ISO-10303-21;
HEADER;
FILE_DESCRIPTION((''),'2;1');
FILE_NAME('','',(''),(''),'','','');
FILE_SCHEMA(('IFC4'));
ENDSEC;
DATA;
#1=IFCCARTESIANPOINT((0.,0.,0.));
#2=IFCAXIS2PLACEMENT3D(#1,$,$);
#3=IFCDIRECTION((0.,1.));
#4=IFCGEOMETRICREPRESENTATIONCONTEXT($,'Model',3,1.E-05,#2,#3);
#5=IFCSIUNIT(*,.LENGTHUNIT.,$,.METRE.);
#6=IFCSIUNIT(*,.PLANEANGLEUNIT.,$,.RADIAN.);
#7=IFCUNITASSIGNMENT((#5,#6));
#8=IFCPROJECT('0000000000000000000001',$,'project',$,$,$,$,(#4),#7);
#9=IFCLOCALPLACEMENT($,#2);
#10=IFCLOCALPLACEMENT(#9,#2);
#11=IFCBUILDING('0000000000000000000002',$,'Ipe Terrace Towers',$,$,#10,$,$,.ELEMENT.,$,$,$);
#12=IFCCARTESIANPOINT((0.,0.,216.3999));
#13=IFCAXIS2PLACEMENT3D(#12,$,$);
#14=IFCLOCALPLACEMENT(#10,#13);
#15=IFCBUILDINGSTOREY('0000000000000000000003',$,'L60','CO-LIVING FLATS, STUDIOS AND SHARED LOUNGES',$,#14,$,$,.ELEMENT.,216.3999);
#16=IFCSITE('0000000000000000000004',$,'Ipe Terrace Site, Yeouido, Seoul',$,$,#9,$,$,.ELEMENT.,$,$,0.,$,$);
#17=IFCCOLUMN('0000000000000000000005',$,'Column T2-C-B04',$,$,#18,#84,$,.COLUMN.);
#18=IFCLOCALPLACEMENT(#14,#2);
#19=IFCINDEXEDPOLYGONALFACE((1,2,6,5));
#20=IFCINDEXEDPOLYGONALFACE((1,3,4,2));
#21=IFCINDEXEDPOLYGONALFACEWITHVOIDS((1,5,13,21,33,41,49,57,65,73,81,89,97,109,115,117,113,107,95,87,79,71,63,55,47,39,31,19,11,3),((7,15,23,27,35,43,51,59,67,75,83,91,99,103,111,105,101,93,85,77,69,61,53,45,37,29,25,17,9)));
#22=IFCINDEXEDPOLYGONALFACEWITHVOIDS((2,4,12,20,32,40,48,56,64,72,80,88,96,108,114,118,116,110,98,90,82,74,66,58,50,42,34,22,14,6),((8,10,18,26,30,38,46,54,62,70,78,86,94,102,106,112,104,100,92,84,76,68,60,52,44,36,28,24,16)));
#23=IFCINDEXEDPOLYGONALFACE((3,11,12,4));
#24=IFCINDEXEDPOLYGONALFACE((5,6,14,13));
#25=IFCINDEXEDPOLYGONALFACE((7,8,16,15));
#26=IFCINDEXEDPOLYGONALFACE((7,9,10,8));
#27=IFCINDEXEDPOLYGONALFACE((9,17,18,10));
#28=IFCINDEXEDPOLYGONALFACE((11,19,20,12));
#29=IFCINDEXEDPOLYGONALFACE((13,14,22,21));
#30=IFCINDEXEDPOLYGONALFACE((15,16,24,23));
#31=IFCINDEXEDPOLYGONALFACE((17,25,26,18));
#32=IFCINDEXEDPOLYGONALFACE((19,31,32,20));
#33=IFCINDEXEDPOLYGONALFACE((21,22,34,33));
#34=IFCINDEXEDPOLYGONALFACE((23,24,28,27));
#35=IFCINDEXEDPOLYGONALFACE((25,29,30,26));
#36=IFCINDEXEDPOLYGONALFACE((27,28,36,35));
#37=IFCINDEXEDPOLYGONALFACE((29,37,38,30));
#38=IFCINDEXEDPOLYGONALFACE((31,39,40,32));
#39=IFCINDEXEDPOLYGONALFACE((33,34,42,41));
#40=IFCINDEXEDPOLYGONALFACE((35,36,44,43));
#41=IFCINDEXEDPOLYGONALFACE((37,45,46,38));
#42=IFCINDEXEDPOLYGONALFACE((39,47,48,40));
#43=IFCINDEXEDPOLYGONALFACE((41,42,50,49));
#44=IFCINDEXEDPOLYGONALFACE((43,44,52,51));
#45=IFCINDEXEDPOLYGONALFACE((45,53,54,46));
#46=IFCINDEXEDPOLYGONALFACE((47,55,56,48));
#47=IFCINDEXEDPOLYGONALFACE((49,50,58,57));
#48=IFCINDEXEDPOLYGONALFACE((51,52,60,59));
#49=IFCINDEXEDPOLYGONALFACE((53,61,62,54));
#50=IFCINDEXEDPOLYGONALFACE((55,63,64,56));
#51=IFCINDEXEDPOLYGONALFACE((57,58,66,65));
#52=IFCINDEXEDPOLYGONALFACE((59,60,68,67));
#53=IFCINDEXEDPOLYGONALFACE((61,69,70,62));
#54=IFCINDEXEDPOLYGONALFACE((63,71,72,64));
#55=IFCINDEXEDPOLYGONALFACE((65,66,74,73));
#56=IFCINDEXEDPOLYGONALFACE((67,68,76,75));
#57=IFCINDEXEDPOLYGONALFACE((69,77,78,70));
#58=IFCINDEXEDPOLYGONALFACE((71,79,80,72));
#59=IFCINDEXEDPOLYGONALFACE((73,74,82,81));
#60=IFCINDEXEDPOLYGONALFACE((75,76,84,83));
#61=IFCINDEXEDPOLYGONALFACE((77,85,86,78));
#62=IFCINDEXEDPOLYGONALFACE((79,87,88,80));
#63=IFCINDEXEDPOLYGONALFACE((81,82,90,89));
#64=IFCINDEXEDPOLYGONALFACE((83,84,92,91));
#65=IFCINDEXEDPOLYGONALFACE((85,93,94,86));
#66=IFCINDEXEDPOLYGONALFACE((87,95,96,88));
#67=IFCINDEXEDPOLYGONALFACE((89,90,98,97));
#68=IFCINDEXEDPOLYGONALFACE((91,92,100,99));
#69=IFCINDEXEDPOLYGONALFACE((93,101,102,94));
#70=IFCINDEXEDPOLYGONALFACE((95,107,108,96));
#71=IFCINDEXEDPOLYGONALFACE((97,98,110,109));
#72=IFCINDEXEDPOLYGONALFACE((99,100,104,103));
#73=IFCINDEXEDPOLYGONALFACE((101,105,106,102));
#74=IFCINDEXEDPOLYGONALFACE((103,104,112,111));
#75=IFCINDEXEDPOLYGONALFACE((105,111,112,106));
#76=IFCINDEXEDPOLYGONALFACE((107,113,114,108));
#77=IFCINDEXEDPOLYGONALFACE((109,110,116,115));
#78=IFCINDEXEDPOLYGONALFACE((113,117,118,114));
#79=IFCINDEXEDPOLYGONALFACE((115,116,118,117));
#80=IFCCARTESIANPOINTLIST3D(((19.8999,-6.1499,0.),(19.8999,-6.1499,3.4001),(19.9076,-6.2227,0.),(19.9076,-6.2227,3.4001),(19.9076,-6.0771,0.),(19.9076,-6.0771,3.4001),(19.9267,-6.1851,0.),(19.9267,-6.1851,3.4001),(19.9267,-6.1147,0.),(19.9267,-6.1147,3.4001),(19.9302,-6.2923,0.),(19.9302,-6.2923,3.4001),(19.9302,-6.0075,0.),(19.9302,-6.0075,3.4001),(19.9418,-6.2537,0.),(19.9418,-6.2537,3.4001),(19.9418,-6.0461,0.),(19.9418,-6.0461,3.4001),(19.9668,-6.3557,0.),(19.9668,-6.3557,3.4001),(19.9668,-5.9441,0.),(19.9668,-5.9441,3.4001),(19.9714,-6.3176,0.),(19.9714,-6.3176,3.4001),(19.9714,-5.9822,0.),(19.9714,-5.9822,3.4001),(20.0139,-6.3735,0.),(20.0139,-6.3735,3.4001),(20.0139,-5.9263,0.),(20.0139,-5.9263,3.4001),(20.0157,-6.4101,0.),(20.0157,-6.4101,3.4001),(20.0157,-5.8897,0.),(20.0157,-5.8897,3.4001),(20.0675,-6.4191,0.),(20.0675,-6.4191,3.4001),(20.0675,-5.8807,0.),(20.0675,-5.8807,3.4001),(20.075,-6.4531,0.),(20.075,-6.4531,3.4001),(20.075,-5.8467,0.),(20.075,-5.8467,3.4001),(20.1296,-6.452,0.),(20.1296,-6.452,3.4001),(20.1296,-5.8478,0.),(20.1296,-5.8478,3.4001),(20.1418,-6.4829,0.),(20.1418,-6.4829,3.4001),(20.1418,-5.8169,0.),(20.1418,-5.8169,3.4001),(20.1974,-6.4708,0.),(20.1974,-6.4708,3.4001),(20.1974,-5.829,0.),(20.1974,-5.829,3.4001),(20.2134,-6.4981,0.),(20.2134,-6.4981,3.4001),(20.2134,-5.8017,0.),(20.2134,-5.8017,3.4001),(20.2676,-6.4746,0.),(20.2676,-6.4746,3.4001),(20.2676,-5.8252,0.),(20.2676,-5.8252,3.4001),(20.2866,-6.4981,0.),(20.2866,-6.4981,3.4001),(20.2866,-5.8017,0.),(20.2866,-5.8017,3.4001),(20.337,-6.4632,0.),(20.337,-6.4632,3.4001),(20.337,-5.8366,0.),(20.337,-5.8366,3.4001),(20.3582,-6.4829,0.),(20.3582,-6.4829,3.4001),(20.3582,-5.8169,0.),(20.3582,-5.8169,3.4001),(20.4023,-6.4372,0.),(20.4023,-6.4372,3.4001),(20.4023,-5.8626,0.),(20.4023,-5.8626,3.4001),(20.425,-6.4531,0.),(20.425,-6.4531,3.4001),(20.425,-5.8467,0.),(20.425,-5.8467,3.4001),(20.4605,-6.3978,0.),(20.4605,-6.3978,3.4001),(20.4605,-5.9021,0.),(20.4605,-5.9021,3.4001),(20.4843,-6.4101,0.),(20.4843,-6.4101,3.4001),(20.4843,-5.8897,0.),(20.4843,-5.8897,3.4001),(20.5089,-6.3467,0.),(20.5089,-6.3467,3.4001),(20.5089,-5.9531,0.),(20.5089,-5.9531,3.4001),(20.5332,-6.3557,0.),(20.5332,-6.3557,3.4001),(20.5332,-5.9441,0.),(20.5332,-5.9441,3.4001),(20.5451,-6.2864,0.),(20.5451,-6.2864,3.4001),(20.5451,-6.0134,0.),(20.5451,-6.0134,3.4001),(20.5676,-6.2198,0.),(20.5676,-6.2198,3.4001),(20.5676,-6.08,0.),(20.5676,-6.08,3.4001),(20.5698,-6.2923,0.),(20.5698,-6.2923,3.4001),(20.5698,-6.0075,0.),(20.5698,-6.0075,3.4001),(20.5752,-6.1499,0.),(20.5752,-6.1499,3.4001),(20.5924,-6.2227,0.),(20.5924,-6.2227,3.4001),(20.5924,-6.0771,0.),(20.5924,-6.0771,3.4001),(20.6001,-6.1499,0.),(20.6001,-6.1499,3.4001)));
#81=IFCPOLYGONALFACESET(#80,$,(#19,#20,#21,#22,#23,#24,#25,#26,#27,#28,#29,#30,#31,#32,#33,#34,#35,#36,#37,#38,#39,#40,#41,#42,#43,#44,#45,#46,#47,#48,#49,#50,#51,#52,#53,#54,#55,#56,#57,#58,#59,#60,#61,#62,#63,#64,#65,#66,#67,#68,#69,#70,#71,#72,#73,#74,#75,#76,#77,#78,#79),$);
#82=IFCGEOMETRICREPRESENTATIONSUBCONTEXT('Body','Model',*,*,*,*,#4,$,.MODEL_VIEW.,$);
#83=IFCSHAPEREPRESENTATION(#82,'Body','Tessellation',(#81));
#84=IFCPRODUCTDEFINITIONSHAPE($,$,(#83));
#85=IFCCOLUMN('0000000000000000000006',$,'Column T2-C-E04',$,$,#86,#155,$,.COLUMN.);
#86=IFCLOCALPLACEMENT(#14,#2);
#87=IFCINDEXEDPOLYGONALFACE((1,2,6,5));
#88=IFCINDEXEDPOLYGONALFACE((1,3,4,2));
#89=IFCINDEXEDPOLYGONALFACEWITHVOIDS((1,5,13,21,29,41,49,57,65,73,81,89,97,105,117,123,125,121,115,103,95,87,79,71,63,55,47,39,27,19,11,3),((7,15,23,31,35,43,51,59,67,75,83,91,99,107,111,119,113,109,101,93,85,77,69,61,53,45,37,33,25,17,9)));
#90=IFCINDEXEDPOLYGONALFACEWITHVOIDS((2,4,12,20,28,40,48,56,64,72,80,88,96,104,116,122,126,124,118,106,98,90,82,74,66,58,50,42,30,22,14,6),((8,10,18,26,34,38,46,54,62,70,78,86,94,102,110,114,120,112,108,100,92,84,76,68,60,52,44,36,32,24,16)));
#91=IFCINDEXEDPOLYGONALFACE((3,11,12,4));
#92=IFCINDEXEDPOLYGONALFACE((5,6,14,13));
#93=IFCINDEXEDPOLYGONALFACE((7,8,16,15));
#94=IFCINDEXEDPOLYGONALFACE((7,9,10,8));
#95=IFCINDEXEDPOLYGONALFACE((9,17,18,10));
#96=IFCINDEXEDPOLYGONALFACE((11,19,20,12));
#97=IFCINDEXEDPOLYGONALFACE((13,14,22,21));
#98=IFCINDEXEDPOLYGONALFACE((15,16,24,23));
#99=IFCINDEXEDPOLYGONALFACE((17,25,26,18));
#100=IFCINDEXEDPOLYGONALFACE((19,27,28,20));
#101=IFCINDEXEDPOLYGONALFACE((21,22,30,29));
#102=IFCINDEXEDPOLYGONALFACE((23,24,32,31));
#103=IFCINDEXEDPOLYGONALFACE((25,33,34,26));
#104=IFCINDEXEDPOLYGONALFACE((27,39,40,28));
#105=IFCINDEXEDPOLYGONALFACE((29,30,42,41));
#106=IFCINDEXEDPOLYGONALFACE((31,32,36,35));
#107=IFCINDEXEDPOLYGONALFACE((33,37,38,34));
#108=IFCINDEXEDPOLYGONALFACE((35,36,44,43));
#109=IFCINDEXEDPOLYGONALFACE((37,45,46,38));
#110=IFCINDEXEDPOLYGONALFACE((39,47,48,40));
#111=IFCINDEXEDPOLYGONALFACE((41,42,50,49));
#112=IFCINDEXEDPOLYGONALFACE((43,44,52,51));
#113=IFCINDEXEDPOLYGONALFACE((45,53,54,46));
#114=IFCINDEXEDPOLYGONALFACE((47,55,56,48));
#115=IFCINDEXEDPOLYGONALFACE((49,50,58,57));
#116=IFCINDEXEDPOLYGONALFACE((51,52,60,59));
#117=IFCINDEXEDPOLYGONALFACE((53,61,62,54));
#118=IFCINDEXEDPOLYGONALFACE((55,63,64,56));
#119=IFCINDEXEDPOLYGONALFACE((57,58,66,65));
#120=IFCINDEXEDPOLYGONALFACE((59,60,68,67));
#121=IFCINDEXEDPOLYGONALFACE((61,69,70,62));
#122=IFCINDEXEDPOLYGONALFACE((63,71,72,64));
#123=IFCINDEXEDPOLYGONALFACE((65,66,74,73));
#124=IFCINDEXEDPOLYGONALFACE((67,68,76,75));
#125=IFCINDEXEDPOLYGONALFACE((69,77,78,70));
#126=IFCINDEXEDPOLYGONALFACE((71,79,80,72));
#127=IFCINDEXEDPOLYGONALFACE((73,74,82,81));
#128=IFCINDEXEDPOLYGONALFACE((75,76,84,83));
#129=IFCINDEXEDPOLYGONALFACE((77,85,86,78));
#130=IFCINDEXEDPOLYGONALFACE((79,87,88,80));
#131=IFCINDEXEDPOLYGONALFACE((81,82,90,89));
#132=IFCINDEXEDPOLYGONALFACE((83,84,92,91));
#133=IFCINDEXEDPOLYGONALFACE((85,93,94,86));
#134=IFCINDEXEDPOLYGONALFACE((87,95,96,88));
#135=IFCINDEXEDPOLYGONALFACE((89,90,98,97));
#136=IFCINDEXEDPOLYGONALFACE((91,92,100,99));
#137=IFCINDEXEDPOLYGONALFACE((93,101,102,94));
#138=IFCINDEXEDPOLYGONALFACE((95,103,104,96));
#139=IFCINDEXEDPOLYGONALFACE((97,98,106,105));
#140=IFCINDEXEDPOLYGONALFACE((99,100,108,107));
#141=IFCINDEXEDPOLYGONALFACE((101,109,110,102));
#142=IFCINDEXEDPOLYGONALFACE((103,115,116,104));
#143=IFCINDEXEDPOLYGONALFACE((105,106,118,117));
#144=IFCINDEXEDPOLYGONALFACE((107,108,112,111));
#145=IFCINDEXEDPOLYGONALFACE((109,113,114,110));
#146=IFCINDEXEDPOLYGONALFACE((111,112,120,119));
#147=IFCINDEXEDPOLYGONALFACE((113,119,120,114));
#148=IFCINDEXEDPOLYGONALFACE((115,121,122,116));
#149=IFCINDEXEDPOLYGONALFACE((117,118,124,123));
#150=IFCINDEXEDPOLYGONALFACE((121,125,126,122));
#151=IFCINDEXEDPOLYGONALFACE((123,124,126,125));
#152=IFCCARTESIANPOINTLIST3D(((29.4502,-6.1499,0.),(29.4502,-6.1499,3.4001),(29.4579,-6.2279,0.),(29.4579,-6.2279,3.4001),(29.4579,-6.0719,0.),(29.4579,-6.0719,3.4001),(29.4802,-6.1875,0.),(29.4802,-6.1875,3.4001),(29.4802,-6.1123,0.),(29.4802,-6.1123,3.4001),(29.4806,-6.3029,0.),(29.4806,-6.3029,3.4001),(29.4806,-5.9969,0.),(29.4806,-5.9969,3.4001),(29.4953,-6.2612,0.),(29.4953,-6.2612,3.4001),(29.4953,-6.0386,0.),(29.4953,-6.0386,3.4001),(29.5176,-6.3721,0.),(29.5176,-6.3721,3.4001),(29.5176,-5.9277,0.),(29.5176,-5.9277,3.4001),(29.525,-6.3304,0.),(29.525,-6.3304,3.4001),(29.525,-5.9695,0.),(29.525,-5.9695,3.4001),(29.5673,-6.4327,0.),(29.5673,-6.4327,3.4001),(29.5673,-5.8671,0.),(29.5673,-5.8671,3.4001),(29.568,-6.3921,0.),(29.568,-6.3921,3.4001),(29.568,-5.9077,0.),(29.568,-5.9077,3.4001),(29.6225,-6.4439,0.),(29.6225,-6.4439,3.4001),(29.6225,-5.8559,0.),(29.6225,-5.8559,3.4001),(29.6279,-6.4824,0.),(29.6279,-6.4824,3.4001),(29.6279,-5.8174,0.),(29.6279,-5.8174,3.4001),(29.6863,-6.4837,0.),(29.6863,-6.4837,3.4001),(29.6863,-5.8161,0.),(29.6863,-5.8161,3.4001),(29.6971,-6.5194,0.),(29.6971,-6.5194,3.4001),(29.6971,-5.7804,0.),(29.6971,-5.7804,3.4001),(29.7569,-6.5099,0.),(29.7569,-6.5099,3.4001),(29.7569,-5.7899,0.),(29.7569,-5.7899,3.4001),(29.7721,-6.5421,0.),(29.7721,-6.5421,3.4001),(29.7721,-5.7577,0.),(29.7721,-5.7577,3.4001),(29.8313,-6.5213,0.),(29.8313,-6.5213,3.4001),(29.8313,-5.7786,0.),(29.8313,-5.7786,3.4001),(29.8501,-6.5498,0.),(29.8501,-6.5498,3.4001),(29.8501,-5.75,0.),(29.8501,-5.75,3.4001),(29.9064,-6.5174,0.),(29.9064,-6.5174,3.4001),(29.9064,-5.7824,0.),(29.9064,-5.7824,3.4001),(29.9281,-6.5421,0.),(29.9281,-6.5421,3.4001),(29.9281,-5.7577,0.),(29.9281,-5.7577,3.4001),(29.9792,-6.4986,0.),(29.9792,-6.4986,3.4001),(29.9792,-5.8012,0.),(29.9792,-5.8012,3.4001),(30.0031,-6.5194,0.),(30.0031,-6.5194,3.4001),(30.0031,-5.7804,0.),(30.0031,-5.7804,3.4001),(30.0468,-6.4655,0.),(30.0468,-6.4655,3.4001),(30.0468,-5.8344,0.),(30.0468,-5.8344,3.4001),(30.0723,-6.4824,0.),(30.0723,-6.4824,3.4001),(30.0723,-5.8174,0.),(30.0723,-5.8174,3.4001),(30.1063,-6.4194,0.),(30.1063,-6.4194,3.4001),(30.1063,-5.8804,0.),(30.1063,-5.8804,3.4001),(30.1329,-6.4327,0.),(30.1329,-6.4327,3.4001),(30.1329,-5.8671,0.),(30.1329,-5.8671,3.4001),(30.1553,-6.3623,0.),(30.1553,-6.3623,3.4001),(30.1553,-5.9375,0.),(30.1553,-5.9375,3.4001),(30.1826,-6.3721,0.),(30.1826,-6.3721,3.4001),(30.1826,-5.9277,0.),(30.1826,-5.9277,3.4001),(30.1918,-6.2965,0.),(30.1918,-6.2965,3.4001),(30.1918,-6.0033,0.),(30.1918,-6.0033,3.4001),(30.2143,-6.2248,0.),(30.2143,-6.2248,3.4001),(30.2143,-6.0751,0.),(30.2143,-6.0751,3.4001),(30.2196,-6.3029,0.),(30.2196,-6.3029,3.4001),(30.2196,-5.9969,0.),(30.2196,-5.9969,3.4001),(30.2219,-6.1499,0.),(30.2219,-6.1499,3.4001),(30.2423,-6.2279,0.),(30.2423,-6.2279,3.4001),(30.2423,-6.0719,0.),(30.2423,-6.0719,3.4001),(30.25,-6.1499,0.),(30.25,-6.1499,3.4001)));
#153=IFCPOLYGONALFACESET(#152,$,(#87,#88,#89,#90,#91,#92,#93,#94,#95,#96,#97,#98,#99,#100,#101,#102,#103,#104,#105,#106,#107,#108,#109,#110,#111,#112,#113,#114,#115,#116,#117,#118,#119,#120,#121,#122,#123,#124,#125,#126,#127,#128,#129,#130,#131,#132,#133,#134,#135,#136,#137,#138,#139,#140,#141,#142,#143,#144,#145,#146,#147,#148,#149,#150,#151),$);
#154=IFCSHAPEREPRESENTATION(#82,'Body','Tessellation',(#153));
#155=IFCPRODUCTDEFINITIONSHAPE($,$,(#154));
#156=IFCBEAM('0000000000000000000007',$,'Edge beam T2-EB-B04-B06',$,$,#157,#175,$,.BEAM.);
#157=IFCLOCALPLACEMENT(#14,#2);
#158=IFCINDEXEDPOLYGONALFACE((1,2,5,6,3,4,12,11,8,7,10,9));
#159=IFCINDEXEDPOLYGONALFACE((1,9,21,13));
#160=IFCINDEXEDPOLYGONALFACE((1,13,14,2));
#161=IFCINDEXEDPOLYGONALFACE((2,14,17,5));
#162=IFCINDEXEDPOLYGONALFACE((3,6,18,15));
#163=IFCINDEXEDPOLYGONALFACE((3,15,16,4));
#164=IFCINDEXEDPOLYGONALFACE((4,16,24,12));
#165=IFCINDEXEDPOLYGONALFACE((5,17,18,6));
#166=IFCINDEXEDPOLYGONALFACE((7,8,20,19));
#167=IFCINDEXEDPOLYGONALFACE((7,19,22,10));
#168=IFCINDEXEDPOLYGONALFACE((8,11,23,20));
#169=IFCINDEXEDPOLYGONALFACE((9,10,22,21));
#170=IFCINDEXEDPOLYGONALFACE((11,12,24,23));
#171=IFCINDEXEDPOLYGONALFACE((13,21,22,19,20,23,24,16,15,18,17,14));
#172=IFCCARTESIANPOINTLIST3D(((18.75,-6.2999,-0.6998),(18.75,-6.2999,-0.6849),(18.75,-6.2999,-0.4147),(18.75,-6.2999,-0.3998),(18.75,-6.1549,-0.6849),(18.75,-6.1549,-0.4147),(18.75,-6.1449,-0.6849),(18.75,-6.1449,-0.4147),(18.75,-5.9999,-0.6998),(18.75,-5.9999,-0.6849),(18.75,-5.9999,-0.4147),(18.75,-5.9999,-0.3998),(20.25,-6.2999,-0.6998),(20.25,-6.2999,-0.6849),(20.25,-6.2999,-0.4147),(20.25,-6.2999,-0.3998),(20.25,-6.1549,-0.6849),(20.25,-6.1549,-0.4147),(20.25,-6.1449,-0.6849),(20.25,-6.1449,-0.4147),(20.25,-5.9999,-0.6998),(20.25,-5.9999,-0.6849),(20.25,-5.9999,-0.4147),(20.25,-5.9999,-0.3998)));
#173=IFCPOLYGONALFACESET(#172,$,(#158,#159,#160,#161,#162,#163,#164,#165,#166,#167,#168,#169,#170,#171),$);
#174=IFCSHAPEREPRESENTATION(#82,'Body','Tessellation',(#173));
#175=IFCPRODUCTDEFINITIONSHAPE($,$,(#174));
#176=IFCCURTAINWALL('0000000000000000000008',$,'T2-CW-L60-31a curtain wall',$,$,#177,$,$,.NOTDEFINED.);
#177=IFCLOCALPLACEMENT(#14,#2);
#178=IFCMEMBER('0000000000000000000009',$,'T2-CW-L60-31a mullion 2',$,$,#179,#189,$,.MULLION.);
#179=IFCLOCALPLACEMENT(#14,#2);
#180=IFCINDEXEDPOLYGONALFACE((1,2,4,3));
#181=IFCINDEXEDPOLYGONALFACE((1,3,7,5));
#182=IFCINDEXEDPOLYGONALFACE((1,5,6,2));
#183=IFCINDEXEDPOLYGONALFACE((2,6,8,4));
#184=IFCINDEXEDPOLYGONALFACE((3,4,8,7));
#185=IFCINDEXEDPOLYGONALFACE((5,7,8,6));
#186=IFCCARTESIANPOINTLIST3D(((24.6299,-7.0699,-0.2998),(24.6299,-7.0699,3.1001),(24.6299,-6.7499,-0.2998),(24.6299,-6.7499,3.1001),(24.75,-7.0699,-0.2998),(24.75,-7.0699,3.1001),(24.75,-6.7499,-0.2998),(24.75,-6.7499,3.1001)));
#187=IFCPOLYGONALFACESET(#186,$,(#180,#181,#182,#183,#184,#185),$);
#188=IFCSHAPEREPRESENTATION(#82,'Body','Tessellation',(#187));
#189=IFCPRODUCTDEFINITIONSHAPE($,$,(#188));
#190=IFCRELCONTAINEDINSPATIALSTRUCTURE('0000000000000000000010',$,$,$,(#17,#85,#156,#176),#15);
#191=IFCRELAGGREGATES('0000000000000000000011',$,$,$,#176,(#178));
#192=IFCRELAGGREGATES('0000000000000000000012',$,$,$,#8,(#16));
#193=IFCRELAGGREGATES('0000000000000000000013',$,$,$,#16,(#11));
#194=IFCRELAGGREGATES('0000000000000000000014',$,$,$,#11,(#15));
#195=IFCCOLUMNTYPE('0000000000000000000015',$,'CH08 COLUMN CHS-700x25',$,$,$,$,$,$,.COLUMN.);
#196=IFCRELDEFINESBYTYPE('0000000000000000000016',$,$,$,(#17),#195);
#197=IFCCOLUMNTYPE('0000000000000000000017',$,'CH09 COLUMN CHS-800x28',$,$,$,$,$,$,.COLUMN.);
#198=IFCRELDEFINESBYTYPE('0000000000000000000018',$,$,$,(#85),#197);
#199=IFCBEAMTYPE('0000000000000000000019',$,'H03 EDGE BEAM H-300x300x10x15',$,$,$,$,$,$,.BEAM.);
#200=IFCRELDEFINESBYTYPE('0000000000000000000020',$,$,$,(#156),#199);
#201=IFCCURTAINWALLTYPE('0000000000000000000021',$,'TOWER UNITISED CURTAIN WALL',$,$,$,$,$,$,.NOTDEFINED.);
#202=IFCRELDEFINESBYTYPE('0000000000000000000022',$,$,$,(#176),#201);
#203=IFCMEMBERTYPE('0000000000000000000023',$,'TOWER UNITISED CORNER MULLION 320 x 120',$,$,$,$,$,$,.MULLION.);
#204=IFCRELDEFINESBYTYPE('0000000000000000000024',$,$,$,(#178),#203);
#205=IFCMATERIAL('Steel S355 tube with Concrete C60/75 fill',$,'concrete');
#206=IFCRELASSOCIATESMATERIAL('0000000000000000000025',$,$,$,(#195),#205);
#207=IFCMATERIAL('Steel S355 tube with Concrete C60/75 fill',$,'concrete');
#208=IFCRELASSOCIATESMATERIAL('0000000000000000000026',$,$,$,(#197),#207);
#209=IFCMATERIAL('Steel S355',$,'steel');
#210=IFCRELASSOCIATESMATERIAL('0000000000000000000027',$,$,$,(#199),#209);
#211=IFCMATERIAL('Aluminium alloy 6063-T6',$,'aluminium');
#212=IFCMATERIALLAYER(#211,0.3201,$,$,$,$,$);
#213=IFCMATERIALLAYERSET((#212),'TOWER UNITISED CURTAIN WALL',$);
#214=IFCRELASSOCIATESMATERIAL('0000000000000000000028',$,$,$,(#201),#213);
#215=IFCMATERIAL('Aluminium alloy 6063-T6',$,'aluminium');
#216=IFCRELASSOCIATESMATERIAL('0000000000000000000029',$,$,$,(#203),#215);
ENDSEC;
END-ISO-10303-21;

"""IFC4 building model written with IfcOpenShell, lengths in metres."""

from ifc_helpers import new_model, si_unit, direction, frame, origin, origin_2d, place, context, subcontext, project, spatial, rectangle, hollow_circle, i_section, extrude, material, layer, layer_set, material_profile, profile_set, type_object, element, aggregate, save


model = new_model("IFC4")

# Units and contexts
model_context = context("Model", 3, precision=1e-05, world=origin(), true_north=direction((0.0, 1.0)))
body_context = subcontext(model_context, "Body", "Model", "MODEL_VIEW")
ifc_project = project(units=[si_unit("LENGTHUNIT", "METRE"), si_unit("PLANEANGLEUNIT", "RADIAN")], contexts=[model_context])

# Site, building, storey
site_placement = place(None, origin())
site = spatial("IfcSite", under=ifc_project, at=site_placement, Name="Ipe Terrace Site, Yeouido, Seoul", CompositionType="ELEMENT", RefElevation=0.0)
building_placement = place(site_placement, origin())
building = spatial("IfcBuilding", under=site, at=building_placement, Name="Ipe Terrace Towers", CompositionType="ELEMENT")
storey_placement = place(building_placement, frame((0.0, 0.0, 216.3999)))
storey = spatial("IfcBuildingStorey", under=building, at=storey_placement, Name="L60", Description="CO-LIVING FLATS, STUDIOS AND SHARED LOUNGES", CompositionType="ELEMENT", Elevation=216.3999)

# Columns
ifc_material_1 = material(Name="Steel S355 tube with Concrete C60/75 fill", Category="concrete")
ifc_material_profile_1 = material_profile(ifc_material_1, hollow_circle(Radius=0.3501, WallThickness=0.0249, at=origin_2d()), Name="CHS-700x25")
ifc_profile_set_1 = profile_set([ifc_material_profile_1], Name="Steel S355 tube with Concrete C60/75 fill")
column_type_1 = type_object("IfcColumnType", Name="CH08 COLUMN CHS-700x25", PredefinedType="COLUMN", material=ifc_profile_set_1)
column_1_placement = place(storey_placement, frame((20.25, -6.1499, 0.0), z_axis=(0.0, 0.0, 1.0), x_axis=(1.0, 0.0, 0.0)))
element("IfcColumn", 1, at=column_1_placement, inside=storey, type_object=column_type_1, Name="Column T2-C-B04", PredefinedType="COLUMN", context=body_context, shape_type="SweptSolid", body=[
    extrude(hollow_circle(Radius=0.3501, WallThickness=0.0249, at=origin_2d()), origin(), (0.0, 0.0, 1.0), 3.4001),
])
ifc_material_2 = material(Name="Steel S355 tube with Concrete C60/75 fill", Category="concrete")
ifc_material_profile_2 = material_profile(ifc_material_2, hollow_circle(Radius=0.3999, WallThickness=0.0281, at=origin_2d()), Name="CHS-800x28")
ifc_profile_set_2 = profile_set([ifc_material_profile_2], Name="Steel S355 tube with Concrete C60/75 fill")
column_type_2 = type_object("IfcColumnType", Name="CH09 COLUMN CHS-800x28", PredefinedType="COLUMN", material=ifc_profile_set_2)
column_2_placement = place(storey_placement, frame((29.8501, -6.1499, 0.0), z_axis=(0.0, 0.0, 1.0), x_axis=(1.0, 0.0, 0.0)))
element("IfcColumn", 2, at=column_2_placement, inside=storey, type_object=column_type_2, Name="Column T2-C-E04", PredefinedType="COLUMN", context=body_context, shape_type="SweptSolid", body=[
    extrude(hollow_circle(Radius=0.3999, WallThickness=0.0281, at=origin_2d()), origin(), (0.0, 0.0, 1.0), 3.4001),
])

# Beam
ifc_material_3 = material(Name="Steel S355", Category="steel")
ifc_material_profile_3 = material_profile(ifc_material_3, i_section(OverallWidth=0.3, OverallDepth=0.3, WebThickness=0.01, FlangeThickness=0.0149, at=origin_2d()), Name="H-300x300x10x15")
ifc_profile_set_3 = profile_set([ifc_material_profile_3], Name="Steel S355")
beam_type = type_object("IfcBeamType", Name="H03 EDGE BEAM H-300x300x10x15", PredefinedType="BEAM", material=ifc_profile_set_3)
beam_placement = place(storey_placement, frame((20.25, -6.1499, -0.5498), z_axis=(-1.0, 0.0, 0.0), x_axis=(0.0, -1.0, 0.0)))
element("IfcBeam", 3, at=beam_placement, inside=storey, type_object=beam_type, Name="Edge beam T2-EB-B04-B06", PredefinedType="BEAM", context=body_context, shape_type="SweptSolid", body=[
    extrude(i_section(OverallWidth=0.3, OverallDepth=0.3, WebThickness=0.01, FlangeThickness=0.0149, at=origin_2d()), origin(), (0.0, 0.0, 1.0), 1.5),
])

# Curtain wall, member
ifc_material_4 = material(Name="Aluminium alloy 6063-T6", Category="aluminium")
ifc_layer_1 = layer(ifc_material_4, 0.3201)
ifc_layer_set_1 = layer_set([ifc_layer_1], Name="TOWER UNITISED CURTAIN WALL")
curtain_wall_type = type_object("IfcCurtainWallType", Name="TOWER UNITISED CURTAIN WALL", PredefinedType="NOTDEFINED", material=ifc_layer_set_1)
curtain_wall_1_placement = place(storey_placement, origin())
curtain_wall_1 = element("IfcCurtainWall", 4, at=curtain_wall_1_placement, inside=storey, type_object=curtain_wall_type, Name="T2-CW-L60-31a curtain wall", PredefinedType="NOTDEFINED")
ifc_material_5 = material(Name="Aluminium alloy 6063-T6", Category="aluminium")
ifc_material_profile_4 = material_profile(ifc_material_5, rectangle(XDim=0.3201, YDim=0.1201, at=origin_2d()), Name="TOWER UNITISED CORNER MULLION 320 x 120")
ifc_profile_set_4 = profile_set([ifc_material_profile_4], Name="Aluminium alloy 6063-T6")
member_type = type_object("IfcMemberType", Name="TOWER UNITISED CORNER MULLION 320 x 120", PredefinedType="MULLION", material=ifc_profile_set_4)
member_1_placement = place(storey_placement, frame((24.6899, -6.9099, -0.2998), z_axis=(0.0, 0.0, 1.0), x_axis=(0.0, -1.0, 0.0)))
member_1 = element("IfcMember", 5, at=member_1_placement, type_object=member_type, Name="T2-CW-L60-31a mullion 2", PredefinedType="MULLION", context=body_context, shape_type="SweptSolid", body=[
    extrude(rectangle(XDim=0.3201, YDim=0.1201, at=origin_2d()), origin(), (0.0, 0.0, 1.0), 3.3999),
])

aggregate(curtain_wall_1, [member_1])

save(model, "model.ifc")
